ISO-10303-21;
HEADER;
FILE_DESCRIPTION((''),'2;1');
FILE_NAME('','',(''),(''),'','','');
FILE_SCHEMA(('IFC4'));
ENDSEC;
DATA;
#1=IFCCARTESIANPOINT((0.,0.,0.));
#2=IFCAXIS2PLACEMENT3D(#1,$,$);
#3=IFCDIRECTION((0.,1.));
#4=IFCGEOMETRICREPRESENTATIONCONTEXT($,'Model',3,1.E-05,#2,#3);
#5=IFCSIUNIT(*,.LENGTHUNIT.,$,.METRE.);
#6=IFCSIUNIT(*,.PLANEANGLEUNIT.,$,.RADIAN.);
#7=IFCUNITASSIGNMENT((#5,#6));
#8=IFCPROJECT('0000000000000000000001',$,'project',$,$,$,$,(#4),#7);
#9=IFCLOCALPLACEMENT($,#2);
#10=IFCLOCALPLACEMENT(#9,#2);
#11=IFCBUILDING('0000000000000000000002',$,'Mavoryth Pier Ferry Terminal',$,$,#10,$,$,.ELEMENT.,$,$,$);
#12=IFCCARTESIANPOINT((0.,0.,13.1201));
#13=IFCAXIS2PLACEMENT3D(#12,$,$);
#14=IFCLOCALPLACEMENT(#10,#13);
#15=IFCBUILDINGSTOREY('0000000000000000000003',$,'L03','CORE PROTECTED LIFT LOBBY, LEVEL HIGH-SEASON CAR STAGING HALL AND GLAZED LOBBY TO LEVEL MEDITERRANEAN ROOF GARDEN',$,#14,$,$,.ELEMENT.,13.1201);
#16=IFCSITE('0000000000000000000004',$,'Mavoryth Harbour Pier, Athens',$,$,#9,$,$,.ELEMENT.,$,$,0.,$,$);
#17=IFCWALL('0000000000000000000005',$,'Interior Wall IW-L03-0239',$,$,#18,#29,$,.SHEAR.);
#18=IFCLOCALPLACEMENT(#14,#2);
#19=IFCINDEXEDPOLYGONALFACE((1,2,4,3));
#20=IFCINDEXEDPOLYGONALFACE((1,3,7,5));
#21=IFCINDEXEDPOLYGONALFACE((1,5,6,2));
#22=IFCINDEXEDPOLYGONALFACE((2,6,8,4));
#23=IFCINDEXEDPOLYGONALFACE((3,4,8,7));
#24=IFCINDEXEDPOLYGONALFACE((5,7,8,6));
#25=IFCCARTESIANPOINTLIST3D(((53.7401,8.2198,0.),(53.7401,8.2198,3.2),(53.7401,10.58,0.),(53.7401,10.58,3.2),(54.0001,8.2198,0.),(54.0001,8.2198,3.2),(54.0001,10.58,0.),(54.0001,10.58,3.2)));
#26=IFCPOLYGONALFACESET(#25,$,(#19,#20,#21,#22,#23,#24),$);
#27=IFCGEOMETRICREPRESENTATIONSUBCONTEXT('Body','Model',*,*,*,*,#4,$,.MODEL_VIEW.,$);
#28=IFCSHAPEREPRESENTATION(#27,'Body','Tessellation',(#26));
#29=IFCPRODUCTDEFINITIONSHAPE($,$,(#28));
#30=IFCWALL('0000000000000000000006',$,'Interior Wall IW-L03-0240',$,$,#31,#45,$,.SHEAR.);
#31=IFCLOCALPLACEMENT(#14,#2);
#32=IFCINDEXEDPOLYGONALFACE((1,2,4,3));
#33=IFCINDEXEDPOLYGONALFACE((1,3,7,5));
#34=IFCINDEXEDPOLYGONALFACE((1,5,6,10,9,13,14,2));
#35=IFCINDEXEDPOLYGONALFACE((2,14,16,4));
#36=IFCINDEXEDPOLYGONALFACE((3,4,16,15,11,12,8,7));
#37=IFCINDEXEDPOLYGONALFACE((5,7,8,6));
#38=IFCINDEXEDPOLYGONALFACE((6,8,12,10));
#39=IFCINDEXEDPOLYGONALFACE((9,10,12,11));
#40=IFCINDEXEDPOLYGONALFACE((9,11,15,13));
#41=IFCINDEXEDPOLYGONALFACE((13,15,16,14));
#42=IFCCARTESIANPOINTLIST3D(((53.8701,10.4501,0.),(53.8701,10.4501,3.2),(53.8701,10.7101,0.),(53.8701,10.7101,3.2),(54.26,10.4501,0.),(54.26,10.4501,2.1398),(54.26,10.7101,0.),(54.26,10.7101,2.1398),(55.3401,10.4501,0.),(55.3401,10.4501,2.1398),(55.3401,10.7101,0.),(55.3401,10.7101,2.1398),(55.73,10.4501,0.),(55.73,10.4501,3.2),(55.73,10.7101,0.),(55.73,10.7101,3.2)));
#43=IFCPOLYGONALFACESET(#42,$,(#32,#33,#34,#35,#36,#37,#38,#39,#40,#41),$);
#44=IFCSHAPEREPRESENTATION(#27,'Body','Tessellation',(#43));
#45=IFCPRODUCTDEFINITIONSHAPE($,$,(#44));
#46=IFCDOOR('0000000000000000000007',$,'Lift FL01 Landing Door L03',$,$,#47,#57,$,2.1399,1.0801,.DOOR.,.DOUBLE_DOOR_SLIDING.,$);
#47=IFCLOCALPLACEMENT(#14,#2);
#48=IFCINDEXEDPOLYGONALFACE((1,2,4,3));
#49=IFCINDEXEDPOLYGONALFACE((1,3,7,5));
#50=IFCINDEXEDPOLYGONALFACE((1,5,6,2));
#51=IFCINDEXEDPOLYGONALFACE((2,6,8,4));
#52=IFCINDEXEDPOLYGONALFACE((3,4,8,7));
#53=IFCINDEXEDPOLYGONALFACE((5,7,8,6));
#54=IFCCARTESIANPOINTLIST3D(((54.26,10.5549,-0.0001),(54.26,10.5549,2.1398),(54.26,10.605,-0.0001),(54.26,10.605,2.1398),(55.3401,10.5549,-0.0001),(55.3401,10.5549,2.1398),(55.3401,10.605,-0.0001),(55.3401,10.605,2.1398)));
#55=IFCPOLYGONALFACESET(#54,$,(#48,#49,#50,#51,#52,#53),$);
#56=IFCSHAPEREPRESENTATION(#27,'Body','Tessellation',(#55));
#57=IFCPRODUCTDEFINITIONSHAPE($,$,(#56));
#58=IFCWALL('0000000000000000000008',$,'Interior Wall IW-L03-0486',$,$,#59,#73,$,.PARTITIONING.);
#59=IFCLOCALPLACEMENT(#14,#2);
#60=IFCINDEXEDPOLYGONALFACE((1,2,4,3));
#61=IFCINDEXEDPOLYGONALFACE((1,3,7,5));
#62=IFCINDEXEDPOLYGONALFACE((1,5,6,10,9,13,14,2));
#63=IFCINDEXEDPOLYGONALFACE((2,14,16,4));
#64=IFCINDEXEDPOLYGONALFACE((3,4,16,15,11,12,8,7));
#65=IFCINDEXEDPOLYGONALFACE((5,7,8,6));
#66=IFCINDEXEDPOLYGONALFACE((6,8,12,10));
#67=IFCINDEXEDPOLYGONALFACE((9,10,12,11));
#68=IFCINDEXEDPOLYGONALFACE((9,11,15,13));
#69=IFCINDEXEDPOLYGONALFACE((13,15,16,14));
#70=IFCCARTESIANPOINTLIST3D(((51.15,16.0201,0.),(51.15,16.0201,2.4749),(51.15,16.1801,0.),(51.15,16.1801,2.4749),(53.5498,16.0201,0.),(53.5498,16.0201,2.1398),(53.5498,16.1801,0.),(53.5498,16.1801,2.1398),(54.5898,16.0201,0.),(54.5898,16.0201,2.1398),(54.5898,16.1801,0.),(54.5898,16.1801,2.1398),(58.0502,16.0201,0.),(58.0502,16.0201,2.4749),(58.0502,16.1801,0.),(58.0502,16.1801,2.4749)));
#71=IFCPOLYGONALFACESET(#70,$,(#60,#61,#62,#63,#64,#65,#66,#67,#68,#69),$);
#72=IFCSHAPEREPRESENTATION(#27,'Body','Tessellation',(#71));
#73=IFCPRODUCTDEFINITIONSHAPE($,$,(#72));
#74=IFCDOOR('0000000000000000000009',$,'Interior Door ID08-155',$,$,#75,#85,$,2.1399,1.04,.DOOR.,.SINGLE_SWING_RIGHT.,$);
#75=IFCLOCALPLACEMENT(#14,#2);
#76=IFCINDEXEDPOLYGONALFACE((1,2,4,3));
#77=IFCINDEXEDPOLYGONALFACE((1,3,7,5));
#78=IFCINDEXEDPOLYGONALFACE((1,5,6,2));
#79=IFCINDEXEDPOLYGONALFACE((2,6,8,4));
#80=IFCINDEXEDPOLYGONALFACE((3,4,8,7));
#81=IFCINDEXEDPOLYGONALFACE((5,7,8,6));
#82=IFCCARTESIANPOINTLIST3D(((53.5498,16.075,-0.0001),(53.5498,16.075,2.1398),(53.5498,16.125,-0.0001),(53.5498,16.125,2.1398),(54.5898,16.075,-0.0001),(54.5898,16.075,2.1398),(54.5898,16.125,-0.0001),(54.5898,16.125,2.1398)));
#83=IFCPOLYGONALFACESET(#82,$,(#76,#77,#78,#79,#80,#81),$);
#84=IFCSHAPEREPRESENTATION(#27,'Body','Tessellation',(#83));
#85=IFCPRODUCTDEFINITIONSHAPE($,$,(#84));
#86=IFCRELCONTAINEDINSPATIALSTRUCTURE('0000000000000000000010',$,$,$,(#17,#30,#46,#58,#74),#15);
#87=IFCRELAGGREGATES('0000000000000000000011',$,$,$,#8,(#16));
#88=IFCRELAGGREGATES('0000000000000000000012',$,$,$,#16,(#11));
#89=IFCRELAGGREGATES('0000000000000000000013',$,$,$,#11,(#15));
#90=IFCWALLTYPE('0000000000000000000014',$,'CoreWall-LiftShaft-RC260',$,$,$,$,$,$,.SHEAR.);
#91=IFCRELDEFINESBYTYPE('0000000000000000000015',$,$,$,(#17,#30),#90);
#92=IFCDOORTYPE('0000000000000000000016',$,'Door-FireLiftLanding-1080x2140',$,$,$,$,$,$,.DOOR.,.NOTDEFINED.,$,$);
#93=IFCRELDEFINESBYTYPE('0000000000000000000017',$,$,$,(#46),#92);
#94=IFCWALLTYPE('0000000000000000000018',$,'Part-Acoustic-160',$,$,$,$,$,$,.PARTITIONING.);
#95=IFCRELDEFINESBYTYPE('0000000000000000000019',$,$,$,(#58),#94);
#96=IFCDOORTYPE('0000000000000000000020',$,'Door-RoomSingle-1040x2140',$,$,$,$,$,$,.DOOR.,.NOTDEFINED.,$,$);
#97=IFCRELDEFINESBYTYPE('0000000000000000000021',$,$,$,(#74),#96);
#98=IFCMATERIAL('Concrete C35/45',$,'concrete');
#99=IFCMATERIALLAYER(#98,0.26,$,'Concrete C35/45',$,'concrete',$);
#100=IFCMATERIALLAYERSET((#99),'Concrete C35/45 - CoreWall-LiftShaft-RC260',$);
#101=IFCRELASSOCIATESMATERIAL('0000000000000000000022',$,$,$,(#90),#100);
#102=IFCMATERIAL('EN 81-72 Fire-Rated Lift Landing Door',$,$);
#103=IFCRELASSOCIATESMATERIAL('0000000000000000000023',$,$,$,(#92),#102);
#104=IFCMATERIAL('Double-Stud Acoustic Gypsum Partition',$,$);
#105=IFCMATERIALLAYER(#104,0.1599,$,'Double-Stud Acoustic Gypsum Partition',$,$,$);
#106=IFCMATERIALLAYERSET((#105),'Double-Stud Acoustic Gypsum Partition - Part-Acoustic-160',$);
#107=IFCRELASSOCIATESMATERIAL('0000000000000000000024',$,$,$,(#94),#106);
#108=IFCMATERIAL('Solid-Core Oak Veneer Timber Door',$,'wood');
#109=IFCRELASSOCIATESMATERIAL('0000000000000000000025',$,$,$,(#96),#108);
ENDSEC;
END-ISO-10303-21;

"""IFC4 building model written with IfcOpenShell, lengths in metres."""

from ifc_helpers import new_model, si_unit, direction, frame, frame_2d, origin, place, context, subcontext, project, spatial, rectangle, extrude, material, layer, layer_set, type_object, element, fill, save


model = new_model("IFC4")

# Units and contexts
model_context = context("Model", 3, precision=1e-05, world=origin(), true_north=direction((0.0, 1.0)))
body_context = subcontext(model_context, "Body", "Model", "MODEL_VIEW")
ifc_project = project(units=[si_unit("LENGTHUNIT", "METRE"), si_unit("PLANEANGLEUNIT", "RADIAN")], contexts=[model_context])

# Site, building, storey
site_placement = place(None, origin())
site = spatial("IfcSite", under=ifc_project, at=site_placement, Name="Mavoryth Harbour Pier, Athens", CompositionType="ELEMENT", RefElevation=0.0)
building_placement = place(site_placement, origin())
building = spatial("IfcBuilding", under=site, at=building_placement, Name="Mavoryth Pier Ferry Terminal", CompositionType="ELEMENT")
storey_placement = place(building_placement, frame((0.0, 0.0, 13.1201)))
storey = spatial("IfcBuildingStorey", under=building, at=storey_placement, Name="L03", Description="CORE PROTECTED LIFT LOBBY, LEVEL HIGH-SEASON CAR STAGING HALL AND GLAZED LOBBY TO LEVEL MEDITERRANEAN ROOF GARDEN", CompositionType="ELEMENT", Elevation=13.1201)

# Shared definitions
ifc_material_1 = material(Name="Concrete C35/45", Category="concrete")

# Wall
ifc_layer_1 = layer(ifc_material_1, 0.26, Name="Concrete C35/45", Category="concrete")
ifc_layer_set_1 = layer_set([ifc_layer_1], Name="Concrete C35/45 - CoreWall-LiftShaft-RC260")
wall_type_1 = type_object("IfcWallType", Name="CoreWall-LiftShaft-RC260", PredefinedType="SHEAR", material=ifc_layer_set_1)
for number, where, z_axis, x_axis, name in (
    (1, (53.8701, 10.5801, 0.0), (0.0, 0.0, 1.0), (0.0, -1.0, 0.0), "Interior Wall IW-L03-0239"),
):
    element("IfcWall", number, at=place(storey_placement, frame(where, z_axis=z_axis, x_axis=x_axis)), inside=storey, type_object=wall_type_1, Name=name, PredefinedType="SHEAR", context=body_context, shape_type="SweptSolid", body=[
        extrude(rectangle(XDim=2.3601, YDim=0.26, at=frame_2d((1.1802, 0.0))), origin(), (0.0, 0.0, 1.0), 3.2),
    ])

# Walls, openings, doors
wall_1_placement = place(storey_placement, frame((53.8701, 10.5801, 0.0), z_axis=(0.0, 0.0, 1.0), x_axis=(1.0, 0.0, 0.0)))
wall_1 = element("IfcWall", 2, at=wall_1_placement, inside=storey, type_object=wall_type_1, Name="Interior Wall IW-L03-0240", PredefinedType="SHEAR", context=body_context, shape_type="SweptSolid", body=[
    extrude(rectangle(XDim=1.8599, YDim=0.26, at=frame_2d((0.9299, 0.0))), origin(), (0.0, 0.0, 1.0), 3.2),
])
opening_1_placement = place(wall_1_placement, frame((0.3899, 0.0, 0.0)))
opening_1 = element("IfcOpeningElement", 3, at=opening_1_placement, cuts=wall_1, PredefinedType="OPENING", context=body_context, shape_type="SweptSolid", body=[
    extrude(rectangle(XDim=1.0801, YDim=2.1399, at=frame_2d((0.54, 1.0698))), frame((0.0, 0.1399, 0.0), z_axis=(0.0, -1.0, 0.0), x_axis=(1.0, 0.0, 0.0)), (0.0, 0.0, 1.0), 0.28),
])
ifc_material_2 = material(Name="EN 81-72 Fire-Rated Lift Landing Door")
door_type_1 = type_object("IfcDoorType", Name="Door-FireLiftLanding-1080x2140", OperationType="NOTDEFINED", PredefinedType="DOOR", material=ifc_material_2)
door_1_placement = place(opening_1_placement, origin())
door_1 = element("IfcDoor", 4, at=door_1_placement, inside=storey, type_object=door_type_1, Name="Lift FL01 Landing Door L03", OperationType="DOUBLE_DOOR_SLIDING", OverallHeight=2.1399, OverallWidth=1.0801, PredefinedType="DOOR", context=body_context, shape_type="SweptSolid", body=[
    extrude(rectangle(XDim=1.0801, YDim=2.1399, at=frame_2d((0.54, 1.0698))), frame((0.0, 0.0249, 0.0), z_axis=(0.0, -1.0, 0.0), x_axis=(1.0, 0.0, 0.0)), (0.0, 0.0, 1.0), 0.05),
])
fill(opening_1, door_1)
ifc_material_3 = material(Name="Double-Stud Acoustic Gypsum Partition")
ifc_layer_2 = layer(ifc_material_3, 0.1599, Name="Double-Stud Acoustic Gypsum Partition")
ifc_layer_set_2 = layer_set([ifc_layer_2], Name="Double-Stud Acoustic Gypsum Partition - Part-Acoustic-160")
wall_type_2 = type_object("IfcWallType", Name="Part-Acoustic-160", PredefinedType="PARTITIONING", material=ifc_layer_set_2)
wall_2_placement = place(storey_placement, frame((51.1499, 16.1001, 0.0), z_axis=(0.0, 0.0, 1.0), x_axis=(1.0, 0.0, 0.0)))
wall_2 = element("IfcWall", 5, at=wall_2_placement, inside=storey, type_object=wall_type_2, Name="Interior Wall IW-L03-0486", PredefinedType="PARTITIONING", context=body_context, shape_type="SweptSolid", body=[
    extrude(rectangle(XDim=6.9001, YDim=0.1599, at=frame_2d((3.4502, 0.0))), origin(), (0.0, 0.0, 1.0), 2.4749),
])
opening_2_placement = place(wall_2_placement, frame((2.3999, 0.0, 0.0)))
opening_2 = element("IfcOpeningElement", 6, at=opening_2_placement, cuts=wall_2, PredefinedType="OPENING", context=body_context, shape_type="SweptSolid", body=[
    extrude(rectangle(XDim=1.04, YDim=2.1399, at=frame_2d((0.52, 1.0698))), frame((0.0, 0.0898, 0.0), z_axis=(0.0, -1.0, 0.0), x_axis=(1.0, 0.0, 0.0)), (0.0, 0.0, 1.0), 0.1799),
])
ifc_material_4 = material(Name="Solid-Core Oak Veneer Timber Door", Category="wood")
door_type_2 = type_object("IfcDoorType", Name="Door-RoomSingle-1040x2140", OperationType="NOTDEFINED", PredefinedType="DOOR", material=ifc_material_4)
door_2_placement = place(opening_2_placement, origin())
door_2 = element("IfcDoor", 7, at=door_2_placement, inside=storey, type_object=door_type_2, Name="Interior Door ID08-155", OperationType="SINGLE_SWING_RIGHT", OverallHeight=2.1399, OverallWidth=1.04, PredefinedType="DOOR", context=body_context, shape_type="SweptSolid", body=[
    extrude(rectangle(XDim=1.04, YDim=2.1399, at=frame_2d((0.52, 1.0698))), frame((0.0, 0.0249, 0.0), z_axis=(0.0, -1.0, 0.0), x_axis=(1.0, 0.0, 0.0)), (0.0, 0.0, 1.0), 0.05),
])
fill(opening_2, door_2)

save(model, "model.ifc")
